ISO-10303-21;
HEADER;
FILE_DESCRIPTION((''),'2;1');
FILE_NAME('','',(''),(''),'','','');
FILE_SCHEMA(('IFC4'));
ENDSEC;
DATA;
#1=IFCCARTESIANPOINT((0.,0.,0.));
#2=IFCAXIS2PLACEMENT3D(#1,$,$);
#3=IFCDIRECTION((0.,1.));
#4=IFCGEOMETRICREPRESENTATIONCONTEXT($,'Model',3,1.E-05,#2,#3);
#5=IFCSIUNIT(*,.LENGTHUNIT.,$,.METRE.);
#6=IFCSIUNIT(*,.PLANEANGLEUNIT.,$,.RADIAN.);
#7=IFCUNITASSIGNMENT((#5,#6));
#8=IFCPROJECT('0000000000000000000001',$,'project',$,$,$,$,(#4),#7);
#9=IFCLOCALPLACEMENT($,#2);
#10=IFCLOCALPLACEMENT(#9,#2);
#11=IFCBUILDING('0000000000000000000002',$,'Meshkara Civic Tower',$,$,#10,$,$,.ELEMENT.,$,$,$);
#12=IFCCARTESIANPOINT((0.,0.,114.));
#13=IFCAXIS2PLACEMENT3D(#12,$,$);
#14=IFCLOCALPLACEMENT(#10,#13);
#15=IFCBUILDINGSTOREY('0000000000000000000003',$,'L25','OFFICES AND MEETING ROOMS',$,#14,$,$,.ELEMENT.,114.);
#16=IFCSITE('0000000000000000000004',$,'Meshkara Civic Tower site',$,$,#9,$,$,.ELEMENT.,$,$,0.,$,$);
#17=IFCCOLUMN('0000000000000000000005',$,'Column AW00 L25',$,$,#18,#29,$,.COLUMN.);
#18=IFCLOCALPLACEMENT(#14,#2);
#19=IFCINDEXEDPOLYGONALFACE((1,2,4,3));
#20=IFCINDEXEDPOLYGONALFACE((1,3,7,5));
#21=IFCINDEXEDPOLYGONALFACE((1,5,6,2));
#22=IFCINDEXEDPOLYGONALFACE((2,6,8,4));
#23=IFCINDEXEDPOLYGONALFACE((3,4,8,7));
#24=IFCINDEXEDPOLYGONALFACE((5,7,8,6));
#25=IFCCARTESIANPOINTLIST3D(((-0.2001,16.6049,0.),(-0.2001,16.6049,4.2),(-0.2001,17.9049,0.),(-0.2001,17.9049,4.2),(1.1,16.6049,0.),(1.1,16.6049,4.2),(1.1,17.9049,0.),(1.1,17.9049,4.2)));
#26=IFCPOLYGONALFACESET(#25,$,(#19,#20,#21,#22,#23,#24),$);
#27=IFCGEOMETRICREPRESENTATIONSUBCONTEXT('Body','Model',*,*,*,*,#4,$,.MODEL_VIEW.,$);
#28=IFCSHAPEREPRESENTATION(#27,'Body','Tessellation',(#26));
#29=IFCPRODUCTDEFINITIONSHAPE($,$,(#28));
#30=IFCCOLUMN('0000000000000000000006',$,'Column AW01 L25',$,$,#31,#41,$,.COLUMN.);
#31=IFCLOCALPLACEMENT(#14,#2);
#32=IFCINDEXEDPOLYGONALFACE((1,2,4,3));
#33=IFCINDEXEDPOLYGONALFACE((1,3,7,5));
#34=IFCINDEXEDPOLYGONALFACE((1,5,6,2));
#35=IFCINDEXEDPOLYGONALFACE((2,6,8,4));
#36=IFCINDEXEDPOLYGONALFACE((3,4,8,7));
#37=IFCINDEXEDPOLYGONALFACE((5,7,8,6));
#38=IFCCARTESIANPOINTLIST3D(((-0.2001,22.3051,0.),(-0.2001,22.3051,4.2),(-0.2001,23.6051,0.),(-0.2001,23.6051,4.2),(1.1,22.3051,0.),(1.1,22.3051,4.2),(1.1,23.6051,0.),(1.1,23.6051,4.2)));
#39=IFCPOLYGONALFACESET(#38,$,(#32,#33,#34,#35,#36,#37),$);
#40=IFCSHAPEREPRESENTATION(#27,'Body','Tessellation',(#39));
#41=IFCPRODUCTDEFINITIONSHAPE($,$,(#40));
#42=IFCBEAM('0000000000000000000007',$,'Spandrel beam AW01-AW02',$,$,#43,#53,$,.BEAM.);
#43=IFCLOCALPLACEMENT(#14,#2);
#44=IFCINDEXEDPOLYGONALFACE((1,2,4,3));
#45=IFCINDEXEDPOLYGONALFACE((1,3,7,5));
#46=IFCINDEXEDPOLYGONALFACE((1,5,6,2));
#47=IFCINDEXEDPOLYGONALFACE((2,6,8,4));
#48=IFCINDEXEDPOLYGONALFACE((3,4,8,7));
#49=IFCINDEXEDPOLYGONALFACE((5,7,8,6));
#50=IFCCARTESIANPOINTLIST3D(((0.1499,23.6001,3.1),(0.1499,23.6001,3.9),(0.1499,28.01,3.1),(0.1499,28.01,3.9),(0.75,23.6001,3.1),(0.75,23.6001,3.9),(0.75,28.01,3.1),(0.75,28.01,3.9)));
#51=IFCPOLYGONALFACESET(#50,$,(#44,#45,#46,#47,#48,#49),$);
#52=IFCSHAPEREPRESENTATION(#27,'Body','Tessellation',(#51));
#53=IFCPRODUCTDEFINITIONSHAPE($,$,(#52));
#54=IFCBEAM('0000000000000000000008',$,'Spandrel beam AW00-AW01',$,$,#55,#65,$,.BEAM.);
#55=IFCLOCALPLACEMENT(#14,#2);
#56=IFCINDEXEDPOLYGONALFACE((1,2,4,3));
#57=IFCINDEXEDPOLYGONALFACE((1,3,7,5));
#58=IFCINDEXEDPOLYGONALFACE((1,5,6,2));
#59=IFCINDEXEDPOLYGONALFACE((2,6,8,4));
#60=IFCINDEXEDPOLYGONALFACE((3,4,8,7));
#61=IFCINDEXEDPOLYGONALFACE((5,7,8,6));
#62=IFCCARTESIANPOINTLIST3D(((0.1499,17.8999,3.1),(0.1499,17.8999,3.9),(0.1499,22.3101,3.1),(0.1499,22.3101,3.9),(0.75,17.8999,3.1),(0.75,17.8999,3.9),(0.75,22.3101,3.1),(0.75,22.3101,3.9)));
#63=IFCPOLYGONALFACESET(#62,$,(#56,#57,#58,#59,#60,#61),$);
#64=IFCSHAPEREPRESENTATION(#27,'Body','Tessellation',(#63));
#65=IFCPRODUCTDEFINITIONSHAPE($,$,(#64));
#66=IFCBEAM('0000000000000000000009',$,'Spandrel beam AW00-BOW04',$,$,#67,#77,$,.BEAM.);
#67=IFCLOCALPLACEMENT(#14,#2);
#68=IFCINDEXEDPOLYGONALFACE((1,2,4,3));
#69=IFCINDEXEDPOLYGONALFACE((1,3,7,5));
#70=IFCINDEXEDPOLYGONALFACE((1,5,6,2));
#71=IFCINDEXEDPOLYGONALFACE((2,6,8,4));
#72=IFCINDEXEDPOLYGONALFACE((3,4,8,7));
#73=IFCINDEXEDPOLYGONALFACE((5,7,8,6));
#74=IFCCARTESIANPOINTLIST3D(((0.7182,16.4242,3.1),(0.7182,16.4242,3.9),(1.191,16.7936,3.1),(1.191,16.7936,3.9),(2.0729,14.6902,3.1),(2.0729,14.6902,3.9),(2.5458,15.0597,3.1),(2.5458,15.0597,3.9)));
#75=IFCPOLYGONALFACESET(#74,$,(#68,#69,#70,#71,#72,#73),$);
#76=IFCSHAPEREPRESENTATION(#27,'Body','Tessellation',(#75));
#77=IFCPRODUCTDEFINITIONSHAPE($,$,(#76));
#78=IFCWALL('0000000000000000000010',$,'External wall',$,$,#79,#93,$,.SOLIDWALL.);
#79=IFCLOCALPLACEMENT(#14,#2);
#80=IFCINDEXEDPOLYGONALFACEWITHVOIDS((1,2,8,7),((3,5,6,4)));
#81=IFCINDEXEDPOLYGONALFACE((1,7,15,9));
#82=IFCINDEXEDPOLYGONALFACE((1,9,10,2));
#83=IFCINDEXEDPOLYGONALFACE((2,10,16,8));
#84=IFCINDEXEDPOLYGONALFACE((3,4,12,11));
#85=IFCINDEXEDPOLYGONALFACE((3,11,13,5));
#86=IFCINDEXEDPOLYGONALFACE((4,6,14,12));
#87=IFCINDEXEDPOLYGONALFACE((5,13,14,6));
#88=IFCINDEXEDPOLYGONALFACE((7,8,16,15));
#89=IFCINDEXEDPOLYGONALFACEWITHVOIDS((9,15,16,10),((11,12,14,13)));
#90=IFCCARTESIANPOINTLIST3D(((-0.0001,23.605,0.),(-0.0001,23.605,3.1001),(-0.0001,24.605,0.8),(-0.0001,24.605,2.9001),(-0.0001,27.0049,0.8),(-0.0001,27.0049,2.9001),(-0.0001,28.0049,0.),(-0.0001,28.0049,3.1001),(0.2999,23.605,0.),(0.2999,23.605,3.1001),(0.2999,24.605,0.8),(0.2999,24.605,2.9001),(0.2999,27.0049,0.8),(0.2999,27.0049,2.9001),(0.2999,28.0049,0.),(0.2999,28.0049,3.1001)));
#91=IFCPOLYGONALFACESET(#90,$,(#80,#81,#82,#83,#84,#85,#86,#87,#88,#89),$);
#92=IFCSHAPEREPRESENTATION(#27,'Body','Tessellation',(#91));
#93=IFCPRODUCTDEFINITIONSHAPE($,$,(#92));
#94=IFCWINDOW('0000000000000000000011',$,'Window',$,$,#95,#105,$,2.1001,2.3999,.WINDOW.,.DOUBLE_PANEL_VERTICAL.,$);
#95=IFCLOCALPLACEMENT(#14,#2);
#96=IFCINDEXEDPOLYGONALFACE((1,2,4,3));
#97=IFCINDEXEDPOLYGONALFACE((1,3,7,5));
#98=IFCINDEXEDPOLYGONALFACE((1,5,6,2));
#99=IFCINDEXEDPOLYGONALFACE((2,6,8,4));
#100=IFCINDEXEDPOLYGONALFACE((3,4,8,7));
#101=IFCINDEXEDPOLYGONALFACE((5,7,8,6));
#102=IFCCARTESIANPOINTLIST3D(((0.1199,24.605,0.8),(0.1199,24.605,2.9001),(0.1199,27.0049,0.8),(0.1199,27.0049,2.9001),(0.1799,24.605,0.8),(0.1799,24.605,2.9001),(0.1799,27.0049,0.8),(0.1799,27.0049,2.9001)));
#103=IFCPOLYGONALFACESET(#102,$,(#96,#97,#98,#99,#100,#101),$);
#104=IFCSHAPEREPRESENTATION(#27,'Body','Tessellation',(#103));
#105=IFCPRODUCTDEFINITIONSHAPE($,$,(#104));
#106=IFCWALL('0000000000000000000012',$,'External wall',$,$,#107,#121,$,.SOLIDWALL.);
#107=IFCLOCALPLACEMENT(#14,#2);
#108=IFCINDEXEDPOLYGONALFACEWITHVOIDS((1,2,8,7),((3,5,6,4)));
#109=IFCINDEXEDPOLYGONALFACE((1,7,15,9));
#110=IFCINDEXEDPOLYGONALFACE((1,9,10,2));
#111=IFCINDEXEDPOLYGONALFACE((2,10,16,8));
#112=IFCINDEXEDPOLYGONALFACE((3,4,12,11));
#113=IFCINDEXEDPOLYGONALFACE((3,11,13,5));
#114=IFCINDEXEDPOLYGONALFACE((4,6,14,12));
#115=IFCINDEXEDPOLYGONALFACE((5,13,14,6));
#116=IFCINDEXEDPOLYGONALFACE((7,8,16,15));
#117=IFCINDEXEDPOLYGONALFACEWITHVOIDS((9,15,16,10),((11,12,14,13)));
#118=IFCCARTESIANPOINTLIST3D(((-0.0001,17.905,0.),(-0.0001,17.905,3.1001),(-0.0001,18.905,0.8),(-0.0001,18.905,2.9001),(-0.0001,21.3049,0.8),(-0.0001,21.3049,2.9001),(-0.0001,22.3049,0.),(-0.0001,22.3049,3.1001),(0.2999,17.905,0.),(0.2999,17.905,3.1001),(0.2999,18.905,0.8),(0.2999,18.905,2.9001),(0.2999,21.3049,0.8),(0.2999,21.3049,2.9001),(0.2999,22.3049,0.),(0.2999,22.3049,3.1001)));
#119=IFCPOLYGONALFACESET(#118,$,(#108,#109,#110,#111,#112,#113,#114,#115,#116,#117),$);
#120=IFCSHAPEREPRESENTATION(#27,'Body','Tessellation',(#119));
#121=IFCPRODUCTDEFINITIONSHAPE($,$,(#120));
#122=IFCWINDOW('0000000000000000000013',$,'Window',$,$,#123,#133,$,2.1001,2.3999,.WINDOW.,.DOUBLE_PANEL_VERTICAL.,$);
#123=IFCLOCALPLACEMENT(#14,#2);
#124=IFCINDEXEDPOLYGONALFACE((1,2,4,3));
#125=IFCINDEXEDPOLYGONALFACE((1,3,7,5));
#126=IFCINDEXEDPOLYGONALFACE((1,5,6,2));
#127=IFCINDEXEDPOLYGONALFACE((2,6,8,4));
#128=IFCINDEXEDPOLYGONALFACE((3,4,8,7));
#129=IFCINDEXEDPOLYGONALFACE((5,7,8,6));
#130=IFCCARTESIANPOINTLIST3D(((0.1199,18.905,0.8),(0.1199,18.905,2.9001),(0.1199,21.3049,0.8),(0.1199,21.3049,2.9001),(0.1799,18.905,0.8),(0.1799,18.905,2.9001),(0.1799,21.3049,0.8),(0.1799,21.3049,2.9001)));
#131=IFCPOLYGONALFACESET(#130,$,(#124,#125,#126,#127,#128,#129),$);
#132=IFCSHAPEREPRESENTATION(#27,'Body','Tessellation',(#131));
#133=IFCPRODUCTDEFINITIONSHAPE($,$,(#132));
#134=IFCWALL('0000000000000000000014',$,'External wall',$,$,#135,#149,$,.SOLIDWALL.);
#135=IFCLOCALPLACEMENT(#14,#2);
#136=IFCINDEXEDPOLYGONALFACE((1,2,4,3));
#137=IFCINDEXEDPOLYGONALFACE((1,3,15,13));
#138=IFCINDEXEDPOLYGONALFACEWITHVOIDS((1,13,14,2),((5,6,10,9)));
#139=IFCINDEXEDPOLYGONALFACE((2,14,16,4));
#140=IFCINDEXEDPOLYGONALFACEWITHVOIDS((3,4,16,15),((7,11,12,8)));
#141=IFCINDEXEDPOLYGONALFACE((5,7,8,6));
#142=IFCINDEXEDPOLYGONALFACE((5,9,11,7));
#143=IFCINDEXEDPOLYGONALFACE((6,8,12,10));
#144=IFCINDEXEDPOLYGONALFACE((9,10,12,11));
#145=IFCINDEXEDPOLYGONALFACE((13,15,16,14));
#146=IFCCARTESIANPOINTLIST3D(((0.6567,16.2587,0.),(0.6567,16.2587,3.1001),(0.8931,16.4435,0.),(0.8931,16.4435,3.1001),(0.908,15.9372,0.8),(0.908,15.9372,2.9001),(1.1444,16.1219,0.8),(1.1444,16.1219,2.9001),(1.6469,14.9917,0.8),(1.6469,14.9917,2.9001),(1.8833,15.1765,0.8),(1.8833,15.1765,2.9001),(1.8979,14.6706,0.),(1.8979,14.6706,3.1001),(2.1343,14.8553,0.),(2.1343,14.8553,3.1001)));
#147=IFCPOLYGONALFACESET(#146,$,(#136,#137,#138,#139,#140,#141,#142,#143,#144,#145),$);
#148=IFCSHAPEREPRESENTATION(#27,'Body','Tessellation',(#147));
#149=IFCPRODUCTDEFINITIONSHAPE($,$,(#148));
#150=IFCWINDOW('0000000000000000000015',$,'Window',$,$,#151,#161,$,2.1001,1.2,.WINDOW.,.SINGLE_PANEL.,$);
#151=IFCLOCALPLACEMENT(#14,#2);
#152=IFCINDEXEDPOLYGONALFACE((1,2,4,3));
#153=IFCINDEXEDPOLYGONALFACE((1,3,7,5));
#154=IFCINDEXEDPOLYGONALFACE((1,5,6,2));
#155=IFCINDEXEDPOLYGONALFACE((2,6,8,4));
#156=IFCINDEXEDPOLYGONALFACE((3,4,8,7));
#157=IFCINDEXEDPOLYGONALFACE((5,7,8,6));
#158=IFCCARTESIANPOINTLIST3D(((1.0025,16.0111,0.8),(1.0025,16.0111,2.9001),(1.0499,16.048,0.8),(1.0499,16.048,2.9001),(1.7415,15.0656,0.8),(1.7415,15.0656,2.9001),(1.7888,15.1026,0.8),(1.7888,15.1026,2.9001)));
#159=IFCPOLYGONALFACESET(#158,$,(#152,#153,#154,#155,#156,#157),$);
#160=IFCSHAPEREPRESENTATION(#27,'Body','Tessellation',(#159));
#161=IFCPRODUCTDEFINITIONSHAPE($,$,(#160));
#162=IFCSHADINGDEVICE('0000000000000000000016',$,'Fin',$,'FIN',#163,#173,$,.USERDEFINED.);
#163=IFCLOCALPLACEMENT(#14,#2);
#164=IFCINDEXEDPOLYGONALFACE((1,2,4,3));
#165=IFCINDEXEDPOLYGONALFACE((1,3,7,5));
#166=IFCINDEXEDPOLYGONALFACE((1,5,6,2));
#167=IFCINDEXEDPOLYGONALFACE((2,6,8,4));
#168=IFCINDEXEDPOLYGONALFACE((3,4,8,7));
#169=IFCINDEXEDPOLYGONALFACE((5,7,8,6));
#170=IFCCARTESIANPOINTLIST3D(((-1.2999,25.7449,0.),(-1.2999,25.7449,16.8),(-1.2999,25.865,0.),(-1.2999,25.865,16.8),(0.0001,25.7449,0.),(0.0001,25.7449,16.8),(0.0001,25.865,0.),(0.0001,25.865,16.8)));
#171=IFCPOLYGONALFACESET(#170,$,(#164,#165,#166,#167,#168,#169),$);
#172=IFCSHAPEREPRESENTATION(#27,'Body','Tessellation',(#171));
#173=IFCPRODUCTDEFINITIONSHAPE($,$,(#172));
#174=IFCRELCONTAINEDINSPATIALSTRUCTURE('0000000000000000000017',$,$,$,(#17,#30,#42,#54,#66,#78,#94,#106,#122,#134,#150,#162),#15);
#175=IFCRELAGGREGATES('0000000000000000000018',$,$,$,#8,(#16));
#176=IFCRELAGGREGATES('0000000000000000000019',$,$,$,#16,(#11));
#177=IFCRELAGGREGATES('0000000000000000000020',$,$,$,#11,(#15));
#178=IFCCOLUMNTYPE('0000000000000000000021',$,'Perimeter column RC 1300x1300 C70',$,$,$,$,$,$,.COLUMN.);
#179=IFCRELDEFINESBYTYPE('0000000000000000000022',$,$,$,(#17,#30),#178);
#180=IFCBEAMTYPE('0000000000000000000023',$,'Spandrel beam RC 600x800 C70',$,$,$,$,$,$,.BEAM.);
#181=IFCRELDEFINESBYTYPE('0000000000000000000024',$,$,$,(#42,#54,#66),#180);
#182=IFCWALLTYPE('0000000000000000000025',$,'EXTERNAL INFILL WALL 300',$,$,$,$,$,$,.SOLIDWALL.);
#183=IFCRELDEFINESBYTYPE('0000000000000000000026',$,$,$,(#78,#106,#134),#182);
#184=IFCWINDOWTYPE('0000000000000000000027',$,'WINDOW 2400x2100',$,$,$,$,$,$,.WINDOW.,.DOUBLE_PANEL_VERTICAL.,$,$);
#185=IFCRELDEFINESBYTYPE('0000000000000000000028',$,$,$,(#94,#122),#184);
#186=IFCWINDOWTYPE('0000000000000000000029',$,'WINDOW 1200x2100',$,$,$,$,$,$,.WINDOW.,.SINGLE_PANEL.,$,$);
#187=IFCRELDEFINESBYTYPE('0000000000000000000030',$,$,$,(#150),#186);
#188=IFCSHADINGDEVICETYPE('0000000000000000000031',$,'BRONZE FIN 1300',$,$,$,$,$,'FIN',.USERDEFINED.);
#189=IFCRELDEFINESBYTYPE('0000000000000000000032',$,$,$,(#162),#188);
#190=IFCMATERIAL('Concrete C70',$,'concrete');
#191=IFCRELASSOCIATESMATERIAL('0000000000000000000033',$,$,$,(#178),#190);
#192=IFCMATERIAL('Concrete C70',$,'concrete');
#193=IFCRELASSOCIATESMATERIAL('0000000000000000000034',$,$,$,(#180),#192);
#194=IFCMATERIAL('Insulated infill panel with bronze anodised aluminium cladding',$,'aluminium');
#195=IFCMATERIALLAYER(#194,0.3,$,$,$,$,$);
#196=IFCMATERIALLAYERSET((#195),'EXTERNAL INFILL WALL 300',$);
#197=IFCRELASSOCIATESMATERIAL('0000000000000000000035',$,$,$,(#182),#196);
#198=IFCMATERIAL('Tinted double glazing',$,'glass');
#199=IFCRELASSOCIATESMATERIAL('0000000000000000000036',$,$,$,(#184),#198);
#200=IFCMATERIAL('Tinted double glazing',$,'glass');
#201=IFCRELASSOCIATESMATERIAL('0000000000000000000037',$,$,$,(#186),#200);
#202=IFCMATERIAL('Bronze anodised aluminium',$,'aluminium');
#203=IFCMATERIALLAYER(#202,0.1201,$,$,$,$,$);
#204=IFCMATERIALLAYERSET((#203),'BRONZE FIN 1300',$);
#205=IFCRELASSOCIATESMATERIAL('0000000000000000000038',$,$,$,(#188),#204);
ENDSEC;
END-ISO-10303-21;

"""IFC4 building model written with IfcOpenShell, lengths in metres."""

from ifc_helpers import new_model, si_unit, direction, frame, frame_2d, origin, origin_2d, place, context, subcontext, project, spatial, rectangle, extrude, material, layer, layer_set, material_profile, profile_set, type_object, element, fill, save


model = new_model("IFC4")

# Units and contexts
model_context = context("Model", 3, precision=1e-05, world=origin(), true_north=direction((0.0, 1.0)))
body_context = subcontext(model_context, "Body", "Model", "MODEL_VIEW")
ifc_project = project(units=[si_unit("LENGTHUNIT", "METRE"), si_unit("PLANEANGLEUNIT", "RADIAN")], contexts=[model_context])

# Site, building, storey
site_placement = place(None, origin())
site = spatial("IfcSite", under=ifc_project, at=site_placement, Name="Meshkara Civic Tower site", CompositionType="ELEMENT", RefElevation=0.0)
building_placement = place(site_placement, origin())
building = spatial("IfcBuilding", under=site, at=building_placement, Name="Meshkara Civic Tower", CompositionType="ELEMENT")
storey_placement = place(building_placement, frame((0.0, 0.0, 114.0)))
storey = spatial("IfcBuildingStorey", under=building, at=storey_placement, Name="L25", Description="OFFICES AND MEETING ROOMS", CompositionType="ELEMENT", Elevation=114.0)

# Columns
ifc_material_1 = material(Name="Concrete C70", Category="concrete")
ifc_material_profile_1 = material_profile(ifc_material_1, rectangle(XDim=1.3, YDim=1.3, at=origin_2d()))
ifc_profile_set_1 = profile_set([ifc_material_profile_1], Name="Concrete C70")
column_type = type_object("IfcColumnType", Name="Perimeter column RC 1300x1300 C70", PredefinedType="COLUMN", material=ifc_profile_set_1)
for number, where, z_axis, x_axis, name in (
    (1, (0.45, 17.2549, 0.0), (0.0, 0.0, 1.0), (1.0, 0.0, 0.0), "Column AW00 L25"),
    (2, (0.45, 22.9551, 0.0), (0.0, 0.0, 1.0), (1.0, 0.0, 0.0), "Column AW01 L25"),
):
    element("IfcColumn", number, at=place(storey_placement, frame(where, z_axis=z_axis, x_axis=x_axis)), inside=storey, type_object=column_type, Name=name, PredefinedType="COLUMN", context=body_context, shape_type="SweptSolid", body=[
        extrude(rectangle(XDim=1.3, YDim=1.3, at=origin_2d()), origin(), (0.0, 0.0, 1.0), 4.2),
    ])

# Beams
ifc_material_2 = material(Name="Concrete C70", Category="concrete")
ifc_material_profile_2 = material_profile(ifc_material_2, rectangle(XDim=0.6001, YDim=0.8, at=origin_2d()))
ifc_profile_set_2 = profile_set([ifc_material_profile_2], Name="Concrete C70")
beam_type = type_object("IfcBeamType", Name="Spandrel beam RC 600x800 C70", PredefinedType="BEAM", material=ifc_profile_set_2)
beam_1_placement = place(storey_placement, frame((0.45, 28.01, 3.5), z_axis=(0.0, -1.0, 0.0), x_axis=(1.0, 0.0, 0.0)))
element("IfcBeam", 3, at=beam_1_placement, inside=storey, type_object=beam_type, Name="Spandrel beam AW01-AW02", PredefinedType="BEAM", context=body_context, shape_type="SweptSolid", body=[
    extrude(rectangle(XDim=0.6001, YDim=0.8, at=origin_2d()), origin(), (0.0, 0.0, 1.0), 4.4099),
])
beam_2_placement = place(storey_placement, frame((0.45, 22.3101, 3.5), z_axis=(0.0, -1.0, 0.0), x_axis=(1.0, 0.0, 0.0)))
element("IfcBeam", 4, at=beam_2_placement, inside=storey, type_object=beam_type, Name="Spandrel beam AW00-AW01", PredefinedType="BEAM", context=body_context, shape_type="SweptSolid", body=[
    extrude(rectangle(XDim=0.6001, YDim=0.8, at=origin_2d()), origin(), (0.0, 0.0, 1.0), 4.4102),
])
beam_3_placement = place(storey_placement, frame((0.9546, 16.6089, 3.5), z_axis=(0.615683, -0.787994, 0.0), x_axis=(0.787994, 0.615683, 0.0)))
element("IfcBeam", 5, at=beam_3_placement, inside=storey, type_object=beam_type, Name="Spandrel beam AW00-BOW04", PredefinedType="BEAM", context=body_context, shape_type="SweptSolid", body=[
    extrude(rectangle(XDim=0.6001, YDim=0.8, at=origin_2d()), origin(), (0.0, 0.0, 1.0), 2.2004),
])

# Walls, openings, windows
ifc_material_3 = material(Name="Insulated infill panel with bronze anodised aluminium cladding", Category="aluminium")
ifc_layer_1 = layer(ifc_material_3, 0.3)
ifc_layer_set_1 = layer_set([ifc_layer_1], Name="EXTERNAL INFILL WALL 300")
wall_type = type_object("IfcWallType", Name="EXTERNAL INFILL WALL 300", PredefinedType="SOLIDWALL", material=ifc_layer_set_1)
wall_1_placement = place(storey_placement, frame((0.1499, 28.0049, 0.0), z_axis=(0.0, 0.0, 1.0), x_axis=(0.0, -1.0, 0.0)))
wall_1 = element("IfcWall", 6, at=wall_1_placement, inside=storey, type_object=wall_type, Name="External wall", PredefinedType="SOLIDWALL", context=body_context, shape_type="SweptSolid", body=[
    extrude(rectangle(XDim=4.3999, YDim=0.3, at=frame_2d((2.2, 0.0))), origin(), (0.0, 0.0, 1.0), 3.1001),
])
opening_1_placement = place(wall_1_placement, frame((1.0, 0.0, 0.8)))
opening_1 = element("IfcOpeningElement", 7, at=opening_1_placement, cuts=wall_1, PredefinedType="OPENING", context=body_context, shape_type="SweptSolid", body=[
    extrude(rectangle(XDim=2.3999, YDim=2.1001, at=frame_2d((1.2, 1.05))), frame((0.0, 0.1599, 0.0), z_axis=(0.0, -1.0, 0.0), x_axis=(1.0, 0.0, 0.0)), (0.0, 0.0, 1.0), 0.3201),
])
ifc_material_4 = material(Name="Tinted double glazing", Category="glass")
window_type_1 = type_object("IfcWindowType", Name="WINDOW 2400x2100", PartitioningType="DOUBLE_PANEL_VERTICAL", PredefinedType="WINDOW", material=ifc_material_4)
window_1_placement = place(opening_1_placement, origin())
window_1 = element("IfcWindow", 8, at=window_1_placement, inside=storey, type_object=window_type_1, Name="Window", OverallHeight=2.1001, OverallWidth=2.3999, PartitioningType="DOUBLE_PANEL_VERTICAL", PredefinedType="WINDOW", context=body_context, shape_type="SweptSolid", body=[
    extrude(rectangle(XDim=2.3999, YDim=2.1001, at=frame_2d((1.2, 1.05))), frame((0.0, 0.03, 0.0), z_axis=(0.0, -1.0, 0.0), x_axis=(1.0, 0.0, 0.0)), (0.0, 0.0, 1.0), 0.0601),
])
fill(opening_1, window_1)
wall_2_placement = place(storey_placement, frame((0.1499, 22.3049, 0.0), z_axis=(0.0, 0.0, 1.0), x_axis=(0.0, -1.0, 0.0)))
wall_2 = element("IfcWall", 9, at=wall_2_placement, inside=storey, type_object=wall_type, Name="External wall", PredefinedType="SOLIDWALL", context=body_context, shape_type="SweptSolid", body=[
    extrude(rectangle(XDim=4.3999, YDim=0.3, at=frame_2d((2.2, 0.0))), origin(), (0.0, 0.0, 1.0), 3.1001),
])
opening_2_placement = place(wall_2_placement, frame((1.0, 0.0, 0.8)))
opening_2 = element("IfcOpeningElement", 10, at=opening_2_placement, cuts=wall_2, PredefinedType="OPENING", context=body_context, shape_type="SweptSolid", body=[
    extrude(rectangle(XDim=2.3999, YDim=2.1001, at=frame_2d((1.2, 1.05))), frame((0.0, 0.1599, 0.0), z_axis=(0.0, -1.0, 0.0), x_axis=(1.0, 0.0, 0.0)), (0.0, 0.0, 1.0), 0.3201),
])
window_2_placement = place(opening_2_placement, origin())
window_2 = element("IfcWindow", 11, at=window_2_placement, inside=storey, type_object=window_type_1, Name="Window", OverallHeight=2.1001, OverallWidth=2.3999, PartitioningType="DOUBLE_PANEL_VERTICAL", PredefinedType="WINDOW", context=body_context, shape_type="SweptSolid", body=[
    extrude(rectangle(XDim=2.3999, YDim=2.1001, at=frame_2d((1.2, 1.05))), frame((0.0, 0.03, 0.0), z_axis=(0.0, -1.0, 0.0), x_axis=(1.0, 0.0, 0.0)), (0.0, 0.0, 1.0), 0.0601),
])
fill(opening_2, window_2)
wall_3_placement = place(storey_placement, frame((0.7749, 16.3511, 0.0), z_axis=(0.0, 0.0, 1.0), x_axis=(0.615792, -0.787909, 0.0)))
wall_3 = element("IfcWall", 12, at=wall_3_placement, inside=storey, type_object=wall_type, Name="External wall", PredefinedType="SOLIDWALL", context=body_context, shape_type="SweptSolid", body=[
    extrude(rectangle(XDim=2.0156, YDim=0.3, at=frame_2d((1.0078, 0.0))), origin(), (0.0, 0.0, 1.0), 3.1001),
])
opening_3_placement = place(wall_3_placement, frame((0.408, 0.0, 0.8)))
opening_3 = element("IfcOpeningElement", 13, at=opening_3_placement, cuts=wall_3, PredefinedType="OPENING", context=body_context, shape_type="SweptSolid", body=[
    extrude(rectangle(XDim=1.2, YDim=2.1001, at=frame_2d((0.6001, 1.05))), frame((0.0, 0.1599, 0.0), z_axis=(0.0, -1.0, 0.0), x_axis=(1.0, 0.0, 0.0)), (0.0, 0.0, 1.0), 0.3201),
])
ifc_material_5 = material(Name="Tinted double glazing", Category="glass")
window_type_2 = type_object("IfcWindowType", Name="WINDOW 1200x2100", PartitioningType="SINGLE_PANEL", PredefinedType="WINDOW", material=ifc_material_5)
window_3_placement = place(opening_3_placement, origin())
window_3 = element("IfcWindow", 14, at=window_3_placement, inside=storey, type_object=window_type_2, Name="Window", OverallHeight=2.1001, OverallWidth=1.2, PartitioningType="SINGLE_PANEL", PredefinedType="WINDOW", context=body_context, shape_type="SweptSolid", body=[
    extrude(rectangle(XDim=1.2, YDim=2.1001, at=frame_2d((0.6001, 1.05))), frame((0.0, 0.03, 0.0), z_axis=(0.0, -1.0, 0.0), x_axis=(1.0, 0.0, 0.0)), (0.0, 0.0, 1.0), 0.0601),
])
fill(opening_3, window_3)

# Shading device
ifc_material_6 = material(Name="Bronze anodised aluminium", Category="aluminium")
ifc_layer_2 = layer(ifc_material_6, 0.1201)
ifc_layer_set_2 = layer_set([ifc_layer_2], Name="BRONZE FIN 1300")
shading_device_type = type_object("IfcShadingDeviceType", Name="BRONZE FIN 1300", ElementType="FIN", PredefinedType="USERDEFINED", material=ifc_layer_set_2)
for number, where, z_axis, x_axis, name in (
    (15, (-0.6499, 25.8049, 0.0), (0.0, 0.0, 1.0), (0.0, -1.0, 0.0), "Fin"),
):
    element("IfcShadingDevice", number, at=place(storey_placement, frame(where, z_axis=z_axis, x_axis=x_axis)), inside=storey, type_object=shading_device_type, Name=name, ObjectType="FIN", PredefinedType="USERDEFINED", context=body_context, shape_type="SweptSolid", body=[
        extrude(rectangle(XDim=0.1201, YDim=1.3, at=origin_2d()), origin(), (0.0, 0.0, 1.0), 16.8),
    ])

save(model, "model.ifc")
